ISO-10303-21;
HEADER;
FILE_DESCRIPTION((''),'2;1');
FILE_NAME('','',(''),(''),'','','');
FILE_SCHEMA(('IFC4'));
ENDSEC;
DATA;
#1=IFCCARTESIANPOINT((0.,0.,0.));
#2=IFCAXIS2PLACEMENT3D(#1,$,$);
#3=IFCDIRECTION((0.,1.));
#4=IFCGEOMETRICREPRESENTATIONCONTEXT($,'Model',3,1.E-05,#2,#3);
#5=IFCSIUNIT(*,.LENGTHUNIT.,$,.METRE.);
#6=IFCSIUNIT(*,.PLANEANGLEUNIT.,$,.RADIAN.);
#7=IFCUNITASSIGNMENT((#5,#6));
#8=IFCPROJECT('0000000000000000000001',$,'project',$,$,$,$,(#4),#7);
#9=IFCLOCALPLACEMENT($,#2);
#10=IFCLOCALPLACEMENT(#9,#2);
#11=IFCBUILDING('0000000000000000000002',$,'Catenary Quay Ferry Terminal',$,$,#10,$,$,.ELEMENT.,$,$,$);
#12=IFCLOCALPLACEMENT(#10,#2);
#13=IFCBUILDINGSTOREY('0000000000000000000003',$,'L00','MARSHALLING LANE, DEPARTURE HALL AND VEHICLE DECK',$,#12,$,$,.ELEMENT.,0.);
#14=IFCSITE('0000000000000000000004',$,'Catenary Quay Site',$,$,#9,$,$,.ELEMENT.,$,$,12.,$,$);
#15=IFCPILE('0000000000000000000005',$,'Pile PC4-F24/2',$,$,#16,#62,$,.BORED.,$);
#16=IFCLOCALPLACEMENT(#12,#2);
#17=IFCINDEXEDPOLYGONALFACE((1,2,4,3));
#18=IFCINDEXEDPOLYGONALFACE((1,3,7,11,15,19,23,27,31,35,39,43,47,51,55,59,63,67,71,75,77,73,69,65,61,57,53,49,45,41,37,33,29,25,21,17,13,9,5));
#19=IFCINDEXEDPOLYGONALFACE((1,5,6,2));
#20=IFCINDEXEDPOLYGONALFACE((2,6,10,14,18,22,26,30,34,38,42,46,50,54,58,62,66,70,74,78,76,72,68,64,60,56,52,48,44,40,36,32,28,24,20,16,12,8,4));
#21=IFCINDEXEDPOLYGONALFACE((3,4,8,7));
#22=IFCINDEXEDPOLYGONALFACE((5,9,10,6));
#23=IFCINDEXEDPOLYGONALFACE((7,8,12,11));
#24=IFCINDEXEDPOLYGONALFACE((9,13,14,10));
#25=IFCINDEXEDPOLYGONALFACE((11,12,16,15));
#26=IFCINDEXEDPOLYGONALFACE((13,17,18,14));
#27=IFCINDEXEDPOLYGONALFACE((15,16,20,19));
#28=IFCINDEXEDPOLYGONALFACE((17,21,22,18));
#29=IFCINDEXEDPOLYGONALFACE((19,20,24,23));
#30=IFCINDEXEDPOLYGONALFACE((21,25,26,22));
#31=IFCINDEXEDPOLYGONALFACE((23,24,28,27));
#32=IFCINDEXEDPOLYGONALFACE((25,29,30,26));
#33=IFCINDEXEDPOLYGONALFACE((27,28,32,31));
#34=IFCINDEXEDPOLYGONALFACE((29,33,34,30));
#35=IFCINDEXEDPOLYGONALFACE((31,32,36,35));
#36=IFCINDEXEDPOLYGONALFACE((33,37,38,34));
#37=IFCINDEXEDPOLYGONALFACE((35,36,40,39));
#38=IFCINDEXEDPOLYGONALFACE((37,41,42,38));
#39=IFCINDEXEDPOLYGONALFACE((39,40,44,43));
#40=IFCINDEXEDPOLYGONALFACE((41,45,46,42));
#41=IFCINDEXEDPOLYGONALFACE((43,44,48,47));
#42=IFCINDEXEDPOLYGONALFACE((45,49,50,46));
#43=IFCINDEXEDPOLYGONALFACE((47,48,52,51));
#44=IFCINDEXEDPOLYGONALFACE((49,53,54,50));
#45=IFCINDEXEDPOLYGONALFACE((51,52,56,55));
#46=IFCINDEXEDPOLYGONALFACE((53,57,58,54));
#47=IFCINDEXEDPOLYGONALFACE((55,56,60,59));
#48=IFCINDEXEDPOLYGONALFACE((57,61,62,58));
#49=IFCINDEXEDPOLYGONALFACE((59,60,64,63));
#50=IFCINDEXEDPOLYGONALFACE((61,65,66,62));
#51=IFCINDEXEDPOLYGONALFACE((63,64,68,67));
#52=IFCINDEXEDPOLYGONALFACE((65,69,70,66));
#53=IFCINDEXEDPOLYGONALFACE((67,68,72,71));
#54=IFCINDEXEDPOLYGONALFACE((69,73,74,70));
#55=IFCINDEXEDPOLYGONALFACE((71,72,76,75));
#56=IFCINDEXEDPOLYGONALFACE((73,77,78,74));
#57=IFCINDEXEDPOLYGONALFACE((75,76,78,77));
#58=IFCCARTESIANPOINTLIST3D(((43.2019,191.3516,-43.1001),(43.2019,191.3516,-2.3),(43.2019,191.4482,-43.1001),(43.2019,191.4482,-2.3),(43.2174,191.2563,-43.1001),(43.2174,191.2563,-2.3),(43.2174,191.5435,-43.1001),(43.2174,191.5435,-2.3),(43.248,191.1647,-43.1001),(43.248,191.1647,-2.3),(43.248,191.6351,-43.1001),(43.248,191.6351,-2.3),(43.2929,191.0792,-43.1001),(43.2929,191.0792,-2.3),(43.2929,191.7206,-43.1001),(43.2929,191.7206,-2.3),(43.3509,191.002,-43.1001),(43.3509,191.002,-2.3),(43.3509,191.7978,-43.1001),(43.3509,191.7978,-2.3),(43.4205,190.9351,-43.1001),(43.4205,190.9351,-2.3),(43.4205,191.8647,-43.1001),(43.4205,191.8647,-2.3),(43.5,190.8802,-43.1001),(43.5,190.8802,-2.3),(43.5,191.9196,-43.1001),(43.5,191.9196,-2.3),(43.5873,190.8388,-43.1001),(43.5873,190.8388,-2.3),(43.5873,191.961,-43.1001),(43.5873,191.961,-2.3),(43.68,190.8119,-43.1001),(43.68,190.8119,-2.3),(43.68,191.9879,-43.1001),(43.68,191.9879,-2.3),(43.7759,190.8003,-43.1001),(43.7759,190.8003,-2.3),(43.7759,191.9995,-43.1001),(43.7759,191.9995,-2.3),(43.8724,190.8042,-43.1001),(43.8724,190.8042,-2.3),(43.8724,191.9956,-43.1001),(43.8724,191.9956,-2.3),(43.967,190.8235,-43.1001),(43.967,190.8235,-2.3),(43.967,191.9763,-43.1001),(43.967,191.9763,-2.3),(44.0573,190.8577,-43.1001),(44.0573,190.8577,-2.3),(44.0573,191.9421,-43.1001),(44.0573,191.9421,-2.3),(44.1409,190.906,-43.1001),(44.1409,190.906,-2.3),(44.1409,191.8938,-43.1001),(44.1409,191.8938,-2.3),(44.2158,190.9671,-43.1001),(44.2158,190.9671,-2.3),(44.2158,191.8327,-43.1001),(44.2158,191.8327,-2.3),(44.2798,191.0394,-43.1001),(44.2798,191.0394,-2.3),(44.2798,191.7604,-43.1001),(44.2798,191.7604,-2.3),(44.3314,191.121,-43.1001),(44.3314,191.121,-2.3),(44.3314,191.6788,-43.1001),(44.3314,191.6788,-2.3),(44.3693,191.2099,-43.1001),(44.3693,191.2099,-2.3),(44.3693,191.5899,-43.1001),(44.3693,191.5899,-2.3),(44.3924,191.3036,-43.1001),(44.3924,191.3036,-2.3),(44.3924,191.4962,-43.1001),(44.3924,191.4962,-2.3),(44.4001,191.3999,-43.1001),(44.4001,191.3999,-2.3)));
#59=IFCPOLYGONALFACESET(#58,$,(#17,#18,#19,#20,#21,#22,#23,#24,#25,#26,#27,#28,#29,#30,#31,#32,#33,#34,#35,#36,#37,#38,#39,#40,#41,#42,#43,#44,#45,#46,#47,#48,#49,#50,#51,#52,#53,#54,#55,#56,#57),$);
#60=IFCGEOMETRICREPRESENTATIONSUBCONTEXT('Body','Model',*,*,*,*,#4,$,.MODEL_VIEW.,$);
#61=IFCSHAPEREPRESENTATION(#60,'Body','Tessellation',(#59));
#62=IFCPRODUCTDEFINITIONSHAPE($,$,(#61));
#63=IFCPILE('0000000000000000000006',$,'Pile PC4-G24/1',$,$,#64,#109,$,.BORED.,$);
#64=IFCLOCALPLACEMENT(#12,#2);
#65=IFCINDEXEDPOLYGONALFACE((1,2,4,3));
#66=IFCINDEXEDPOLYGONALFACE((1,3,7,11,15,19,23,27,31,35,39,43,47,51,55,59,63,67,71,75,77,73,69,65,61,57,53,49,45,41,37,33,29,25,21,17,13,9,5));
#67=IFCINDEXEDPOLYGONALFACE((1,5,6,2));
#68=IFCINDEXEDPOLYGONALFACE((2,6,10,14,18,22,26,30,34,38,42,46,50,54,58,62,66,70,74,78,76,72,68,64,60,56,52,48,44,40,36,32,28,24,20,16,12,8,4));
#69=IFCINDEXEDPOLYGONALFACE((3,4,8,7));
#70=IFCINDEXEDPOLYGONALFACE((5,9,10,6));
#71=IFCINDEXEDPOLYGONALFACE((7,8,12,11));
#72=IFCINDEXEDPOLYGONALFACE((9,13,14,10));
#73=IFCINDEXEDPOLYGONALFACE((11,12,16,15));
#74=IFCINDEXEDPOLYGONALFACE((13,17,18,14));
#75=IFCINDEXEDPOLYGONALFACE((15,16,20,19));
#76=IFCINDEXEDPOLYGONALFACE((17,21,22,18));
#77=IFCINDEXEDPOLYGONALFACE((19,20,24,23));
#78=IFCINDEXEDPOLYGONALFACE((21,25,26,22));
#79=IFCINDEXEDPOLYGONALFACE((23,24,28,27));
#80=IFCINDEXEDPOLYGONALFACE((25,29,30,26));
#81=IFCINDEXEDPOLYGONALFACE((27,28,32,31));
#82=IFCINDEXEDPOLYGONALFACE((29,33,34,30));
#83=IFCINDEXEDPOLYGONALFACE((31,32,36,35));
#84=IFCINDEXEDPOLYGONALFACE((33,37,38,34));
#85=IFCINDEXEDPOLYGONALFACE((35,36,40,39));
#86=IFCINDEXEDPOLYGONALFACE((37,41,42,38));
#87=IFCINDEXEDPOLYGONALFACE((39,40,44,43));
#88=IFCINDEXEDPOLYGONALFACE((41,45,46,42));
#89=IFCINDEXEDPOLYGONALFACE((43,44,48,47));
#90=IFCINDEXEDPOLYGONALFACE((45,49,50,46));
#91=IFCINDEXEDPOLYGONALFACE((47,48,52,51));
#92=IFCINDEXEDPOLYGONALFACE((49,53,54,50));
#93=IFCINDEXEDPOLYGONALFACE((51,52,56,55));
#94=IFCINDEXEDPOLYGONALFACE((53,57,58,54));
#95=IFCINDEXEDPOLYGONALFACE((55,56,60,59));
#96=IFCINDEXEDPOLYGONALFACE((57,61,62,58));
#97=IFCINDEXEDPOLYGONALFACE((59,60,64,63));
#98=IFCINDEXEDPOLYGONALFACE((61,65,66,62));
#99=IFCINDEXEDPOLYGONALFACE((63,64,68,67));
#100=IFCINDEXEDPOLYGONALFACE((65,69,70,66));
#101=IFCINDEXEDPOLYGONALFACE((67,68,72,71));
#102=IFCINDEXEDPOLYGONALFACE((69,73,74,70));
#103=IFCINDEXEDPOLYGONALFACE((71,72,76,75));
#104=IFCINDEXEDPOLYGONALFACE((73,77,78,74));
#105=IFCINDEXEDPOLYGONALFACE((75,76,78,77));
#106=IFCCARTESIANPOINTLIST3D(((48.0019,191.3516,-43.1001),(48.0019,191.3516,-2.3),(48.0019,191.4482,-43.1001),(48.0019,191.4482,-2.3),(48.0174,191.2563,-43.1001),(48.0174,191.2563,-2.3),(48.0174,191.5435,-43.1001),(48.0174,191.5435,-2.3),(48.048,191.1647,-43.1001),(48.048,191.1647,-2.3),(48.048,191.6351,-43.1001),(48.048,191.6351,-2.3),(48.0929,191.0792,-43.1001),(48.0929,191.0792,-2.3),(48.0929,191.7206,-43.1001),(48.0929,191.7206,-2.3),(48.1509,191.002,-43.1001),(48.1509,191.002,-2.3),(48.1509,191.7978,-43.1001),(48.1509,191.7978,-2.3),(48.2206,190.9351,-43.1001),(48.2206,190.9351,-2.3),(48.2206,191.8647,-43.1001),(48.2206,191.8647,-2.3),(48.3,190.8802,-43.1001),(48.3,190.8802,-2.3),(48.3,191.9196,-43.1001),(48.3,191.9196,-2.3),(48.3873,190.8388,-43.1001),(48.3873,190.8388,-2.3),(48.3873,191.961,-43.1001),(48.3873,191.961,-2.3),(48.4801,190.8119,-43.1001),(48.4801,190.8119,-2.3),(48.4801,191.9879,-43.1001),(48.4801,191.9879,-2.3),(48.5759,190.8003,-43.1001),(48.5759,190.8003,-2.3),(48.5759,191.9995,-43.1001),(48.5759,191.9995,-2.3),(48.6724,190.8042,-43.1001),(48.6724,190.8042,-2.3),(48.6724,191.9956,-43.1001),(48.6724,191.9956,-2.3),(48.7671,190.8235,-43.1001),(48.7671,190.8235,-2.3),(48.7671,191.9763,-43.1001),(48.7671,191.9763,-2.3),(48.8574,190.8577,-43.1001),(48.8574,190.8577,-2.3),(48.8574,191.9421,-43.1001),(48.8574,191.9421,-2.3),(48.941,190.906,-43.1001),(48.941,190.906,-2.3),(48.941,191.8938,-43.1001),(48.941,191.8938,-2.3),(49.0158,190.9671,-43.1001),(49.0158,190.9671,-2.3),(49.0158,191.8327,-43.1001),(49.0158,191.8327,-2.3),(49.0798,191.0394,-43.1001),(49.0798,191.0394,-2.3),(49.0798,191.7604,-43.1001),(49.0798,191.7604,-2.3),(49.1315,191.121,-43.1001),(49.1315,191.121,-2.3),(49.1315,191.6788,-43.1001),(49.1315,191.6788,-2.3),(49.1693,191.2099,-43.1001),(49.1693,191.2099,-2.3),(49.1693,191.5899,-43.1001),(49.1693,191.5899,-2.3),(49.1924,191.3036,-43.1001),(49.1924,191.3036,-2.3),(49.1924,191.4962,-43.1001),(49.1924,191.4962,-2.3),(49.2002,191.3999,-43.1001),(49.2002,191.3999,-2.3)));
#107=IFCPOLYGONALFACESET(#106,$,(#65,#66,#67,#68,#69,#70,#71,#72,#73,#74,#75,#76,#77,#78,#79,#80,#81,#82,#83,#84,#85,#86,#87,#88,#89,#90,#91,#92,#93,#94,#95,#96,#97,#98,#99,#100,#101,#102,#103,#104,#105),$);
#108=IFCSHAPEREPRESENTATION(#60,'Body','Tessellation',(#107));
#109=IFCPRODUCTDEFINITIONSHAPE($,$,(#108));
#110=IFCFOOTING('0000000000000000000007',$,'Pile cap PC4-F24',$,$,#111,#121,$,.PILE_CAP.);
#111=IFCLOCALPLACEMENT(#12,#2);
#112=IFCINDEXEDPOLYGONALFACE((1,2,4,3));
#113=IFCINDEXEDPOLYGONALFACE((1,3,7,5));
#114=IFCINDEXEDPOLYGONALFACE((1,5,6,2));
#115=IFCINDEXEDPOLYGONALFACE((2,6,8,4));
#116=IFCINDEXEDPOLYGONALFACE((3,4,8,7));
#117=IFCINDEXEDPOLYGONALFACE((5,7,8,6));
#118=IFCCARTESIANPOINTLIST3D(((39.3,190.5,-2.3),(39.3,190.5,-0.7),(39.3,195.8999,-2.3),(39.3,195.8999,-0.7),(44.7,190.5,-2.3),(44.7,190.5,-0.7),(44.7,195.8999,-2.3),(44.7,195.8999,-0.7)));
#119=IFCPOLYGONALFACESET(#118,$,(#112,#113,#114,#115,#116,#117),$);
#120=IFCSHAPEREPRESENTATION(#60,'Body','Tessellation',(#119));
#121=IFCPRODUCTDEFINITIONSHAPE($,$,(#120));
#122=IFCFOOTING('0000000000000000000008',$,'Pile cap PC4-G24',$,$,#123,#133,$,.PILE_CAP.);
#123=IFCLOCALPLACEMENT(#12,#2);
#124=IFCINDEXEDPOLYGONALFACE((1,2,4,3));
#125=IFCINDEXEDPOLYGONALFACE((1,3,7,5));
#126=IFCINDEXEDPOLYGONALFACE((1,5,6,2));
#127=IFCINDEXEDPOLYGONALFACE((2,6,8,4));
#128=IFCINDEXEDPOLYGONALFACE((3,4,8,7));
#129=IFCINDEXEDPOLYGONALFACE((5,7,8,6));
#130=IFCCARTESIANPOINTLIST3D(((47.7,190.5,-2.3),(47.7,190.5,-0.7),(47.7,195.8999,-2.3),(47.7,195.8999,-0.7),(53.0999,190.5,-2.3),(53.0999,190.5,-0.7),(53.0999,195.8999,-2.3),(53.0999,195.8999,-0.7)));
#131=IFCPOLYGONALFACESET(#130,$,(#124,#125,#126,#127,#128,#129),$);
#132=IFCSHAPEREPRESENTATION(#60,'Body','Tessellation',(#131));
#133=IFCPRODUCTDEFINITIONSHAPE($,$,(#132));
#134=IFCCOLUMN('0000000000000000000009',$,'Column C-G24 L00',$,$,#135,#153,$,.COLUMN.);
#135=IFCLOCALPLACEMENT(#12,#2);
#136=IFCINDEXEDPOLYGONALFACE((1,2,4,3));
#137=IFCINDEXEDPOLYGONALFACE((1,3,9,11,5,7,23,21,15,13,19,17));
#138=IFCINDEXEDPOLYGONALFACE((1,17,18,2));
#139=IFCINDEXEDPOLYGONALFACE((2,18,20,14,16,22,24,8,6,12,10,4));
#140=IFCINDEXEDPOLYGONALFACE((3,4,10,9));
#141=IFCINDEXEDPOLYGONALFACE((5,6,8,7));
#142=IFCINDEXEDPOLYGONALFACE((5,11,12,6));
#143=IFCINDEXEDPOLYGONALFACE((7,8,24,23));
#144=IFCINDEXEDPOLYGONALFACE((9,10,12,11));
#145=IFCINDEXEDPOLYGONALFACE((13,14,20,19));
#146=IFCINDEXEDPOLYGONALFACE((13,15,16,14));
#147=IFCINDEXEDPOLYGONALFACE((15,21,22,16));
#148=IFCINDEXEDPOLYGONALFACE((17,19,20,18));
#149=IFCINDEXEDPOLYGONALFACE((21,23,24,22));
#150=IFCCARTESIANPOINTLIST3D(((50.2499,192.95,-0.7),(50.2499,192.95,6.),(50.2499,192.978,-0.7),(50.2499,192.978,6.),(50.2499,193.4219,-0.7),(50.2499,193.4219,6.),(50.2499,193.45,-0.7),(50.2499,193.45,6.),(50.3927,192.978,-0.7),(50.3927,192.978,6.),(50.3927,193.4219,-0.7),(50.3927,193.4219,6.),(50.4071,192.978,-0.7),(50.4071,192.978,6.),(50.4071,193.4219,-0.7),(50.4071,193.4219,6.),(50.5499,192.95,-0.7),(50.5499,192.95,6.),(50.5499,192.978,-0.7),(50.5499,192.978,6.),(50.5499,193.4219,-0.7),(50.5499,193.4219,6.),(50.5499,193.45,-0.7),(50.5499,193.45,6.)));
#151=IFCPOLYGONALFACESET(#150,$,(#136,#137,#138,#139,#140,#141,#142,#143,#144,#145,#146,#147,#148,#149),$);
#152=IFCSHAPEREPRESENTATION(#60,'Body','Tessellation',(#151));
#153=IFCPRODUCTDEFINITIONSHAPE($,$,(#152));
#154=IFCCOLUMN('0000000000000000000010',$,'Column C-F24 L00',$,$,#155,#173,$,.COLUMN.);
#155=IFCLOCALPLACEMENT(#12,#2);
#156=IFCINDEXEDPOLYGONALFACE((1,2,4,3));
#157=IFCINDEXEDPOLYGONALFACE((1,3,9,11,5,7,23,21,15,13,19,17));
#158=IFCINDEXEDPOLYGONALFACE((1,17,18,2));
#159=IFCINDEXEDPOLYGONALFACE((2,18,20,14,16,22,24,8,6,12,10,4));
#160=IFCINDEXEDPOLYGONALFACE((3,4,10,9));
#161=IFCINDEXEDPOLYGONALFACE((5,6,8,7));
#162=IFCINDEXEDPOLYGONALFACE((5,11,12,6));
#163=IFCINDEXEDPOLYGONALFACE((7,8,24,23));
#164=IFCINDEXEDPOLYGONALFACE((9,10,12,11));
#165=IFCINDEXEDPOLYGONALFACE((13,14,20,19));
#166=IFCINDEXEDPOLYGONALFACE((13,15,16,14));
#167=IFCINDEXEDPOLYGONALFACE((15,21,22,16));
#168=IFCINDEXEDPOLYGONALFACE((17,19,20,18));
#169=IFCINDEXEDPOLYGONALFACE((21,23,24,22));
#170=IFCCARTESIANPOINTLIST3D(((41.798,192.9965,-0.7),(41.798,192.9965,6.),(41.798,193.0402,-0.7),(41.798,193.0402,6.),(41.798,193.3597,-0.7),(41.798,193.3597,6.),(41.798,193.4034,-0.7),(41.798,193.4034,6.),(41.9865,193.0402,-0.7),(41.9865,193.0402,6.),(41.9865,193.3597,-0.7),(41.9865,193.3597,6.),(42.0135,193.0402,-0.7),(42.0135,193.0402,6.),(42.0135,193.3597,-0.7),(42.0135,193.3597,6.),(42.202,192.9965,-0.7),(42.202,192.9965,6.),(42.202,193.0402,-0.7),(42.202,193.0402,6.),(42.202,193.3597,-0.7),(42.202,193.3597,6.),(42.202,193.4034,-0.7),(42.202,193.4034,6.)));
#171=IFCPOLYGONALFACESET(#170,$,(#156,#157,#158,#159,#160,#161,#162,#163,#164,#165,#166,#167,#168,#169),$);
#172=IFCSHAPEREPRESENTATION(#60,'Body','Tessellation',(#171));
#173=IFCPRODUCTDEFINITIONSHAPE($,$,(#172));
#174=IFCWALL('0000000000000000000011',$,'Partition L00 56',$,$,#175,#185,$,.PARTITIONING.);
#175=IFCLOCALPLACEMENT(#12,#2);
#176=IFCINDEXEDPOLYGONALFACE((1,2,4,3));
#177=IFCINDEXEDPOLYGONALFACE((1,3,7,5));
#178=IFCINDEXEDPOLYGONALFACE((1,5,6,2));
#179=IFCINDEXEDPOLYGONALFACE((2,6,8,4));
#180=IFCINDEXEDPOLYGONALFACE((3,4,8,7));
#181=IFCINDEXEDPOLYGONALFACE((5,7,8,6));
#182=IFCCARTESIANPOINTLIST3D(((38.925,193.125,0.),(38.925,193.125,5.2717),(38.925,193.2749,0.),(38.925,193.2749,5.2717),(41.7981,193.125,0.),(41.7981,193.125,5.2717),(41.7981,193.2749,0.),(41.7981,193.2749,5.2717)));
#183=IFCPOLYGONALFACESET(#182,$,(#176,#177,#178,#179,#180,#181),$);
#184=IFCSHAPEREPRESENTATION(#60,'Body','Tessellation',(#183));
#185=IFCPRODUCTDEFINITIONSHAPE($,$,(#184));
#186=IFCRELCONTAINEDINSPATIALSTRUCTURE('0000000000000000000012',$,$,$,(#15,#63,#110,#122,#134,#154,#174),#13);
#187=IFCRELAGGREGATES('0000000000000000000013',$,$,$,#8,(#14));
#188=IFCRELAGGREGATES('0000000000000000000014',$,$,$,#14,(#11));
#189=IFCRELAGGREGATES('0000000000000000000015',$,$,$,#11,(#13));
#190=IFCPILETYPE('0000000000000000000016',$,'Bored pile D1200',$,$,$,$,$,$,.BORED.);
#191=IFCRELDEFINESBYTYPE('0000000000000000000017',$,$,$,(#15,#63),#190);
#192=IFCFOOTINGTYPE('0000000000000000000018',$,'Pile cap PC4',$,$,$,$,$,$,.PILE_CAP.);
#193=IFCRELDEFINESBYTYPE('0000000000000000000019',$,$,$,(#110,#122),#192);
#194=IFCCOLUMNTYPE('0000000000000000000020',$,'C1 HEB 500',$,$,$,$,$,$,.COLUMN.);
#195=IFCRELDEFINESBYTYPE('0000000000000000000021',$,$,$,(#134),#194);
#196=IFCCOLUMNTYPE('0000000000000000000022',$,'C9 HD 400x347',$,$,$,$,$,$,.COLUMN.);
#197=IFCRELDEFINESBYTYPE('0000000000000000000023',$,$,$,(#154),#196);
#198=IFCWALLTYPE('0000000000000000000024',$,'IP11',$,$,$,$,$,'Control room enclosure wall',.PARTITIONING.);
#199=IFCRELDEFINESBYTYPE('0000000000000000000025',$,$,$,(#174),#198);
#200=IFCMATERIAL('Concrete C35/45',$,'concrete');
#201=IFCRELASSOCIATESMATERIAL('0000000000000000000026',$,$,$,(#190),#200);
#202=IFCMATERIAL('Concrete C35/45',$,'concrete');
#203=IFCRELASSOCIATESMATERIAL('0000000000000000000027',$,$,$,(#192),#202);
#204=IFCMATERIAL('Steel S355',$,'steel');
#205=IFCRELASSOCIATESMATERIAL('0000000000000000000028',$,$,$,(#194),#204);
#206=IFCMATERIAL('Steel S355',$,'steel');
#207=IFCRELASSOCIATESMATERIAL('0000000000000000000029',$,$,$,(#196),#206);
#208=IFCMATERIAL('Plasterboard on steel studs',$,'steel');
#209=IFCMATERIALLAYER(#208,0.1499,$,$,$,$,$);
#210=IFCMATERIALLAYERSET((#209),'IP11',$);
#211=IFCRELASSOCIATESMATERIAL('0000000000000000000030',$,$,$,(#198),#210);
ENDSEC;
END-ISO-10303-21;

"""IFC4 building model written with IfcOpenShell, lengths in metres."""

from ifc_helpers import new_model, si_unit, direction, frame, frame_2d, origin, origin_2d, place, context, subcontext, project, spatial, rectangle, circle, i_section, extrude, material, layer, layer_set, material_profile, profile_set, type_object, element, save


model = new_model("IFC4")

# Units and contexts
model_context = context("Model", 3, precision=1e-05, world=origin(), true_north=direction((0.0, 1.0)))
body_context = subcontext(model_context, "Body", "Model", "MODEL_VIEW")
ifc_project = project(units=[si_unit("LENGTHUNIT", "METRE"), si_unit("PLANEANGLEUNIT", "RADIAN")], contexts=[model_context])

# Site, building, storey
site_placement = place(None, origin())
site = spatial("IfcSite", under=ifc_project, at=site_placement, Name="Catenary Quay Site", CompositionType="ELEMENT", RefElevation=12.0)
building_placement = place(site_placement, origin())
building = spatial("IfcBuilding", under=site, at=building_placement, Name="Catenary Quay Ferry Terminal", CompositionType="ELEMENT")
storey_placement = place(building_placement, origin())
storey = spatial("IfcBuildingStorey", under=building, at=storey_placement, Name="L00", Description="MARSHALLING LANE, DEPARTURE HALL AND VEHICLE DECK", CompositionType="ELEMENT", Elevation=0.0)

# Piles
ifc_material_1 = material(Name="Concrete C35/45", Category="concrete")
ifc_material_profile_1 = material_profile(ifc_material_1, circle(Radius=0.6001, at=origin_2d()), Name="D1200")
ifc_profile_set_1 = profile_set([ifc_material_profile_1], Name="Concrete C35/45")
pile_type = type_object("IfcPileType", Name="Bored pile D1200", PredefinedType="BORED", material=ifc_profile_set_1)
for number, where, z_axis, x_axis, name in (
    (1, (43.8, 191.3999, -2.3), (0.0, 0.0, -1.0), (1.0, 0.0, 0.0), "Pile PC4-F24/2"),
    (2, (48.6001, 191.3999, -2.3), (0.0, 0.0, -1.0), (1.0, 0.0, 0.0), "Pile PC4-G24/1"),
):
    element("IfcPile", number, at=place(storey_placement, frame(where, z_axis=z_axis, x_axis=x_axis)), inside=storey, type_object=pile_type, Name=name, PredefinedType="BORED", context=body_context, shape_type="SweptSolid", body=[
        extrude(circle(Radius=0.6001, at=origin_2d()), origin(), (0.0, 0.0, 1.0), 40.8),
    ])

# Footings
ifc_material_2 = material(Name="Concrete C35/45", Category="concrete")
footing_type = type_object("IfcFootingType", Name="Pile cap PC4", PredefinedType="PILE_CAP", material=ifc_material_2)
for number, where, z_axis, x_axis, name in (
    (3, (42.0, 193.2, -2.3), (0.0, 0.0, 1.0), (1.0, 0.0, 0.0), "Pile cap PC4-F24"),
    (4, (50.3999, 193.2, -2.3), (0.0, 0.0, 1.0), (1.0, 0.0, 0.0), "Pile cap PC4-G24"),
):
    element("IfcFooting", number, at=place(storey_placement, frame(where, z_axis=z_axis, x_axis=x_axis)), inside=storey, type_object=footing_type, Name=name, PredefinedType="PILE_CAP", context=body_context, shape_type="SweptSolid", body=[
        extrude(rectangle(XDim=5.3999, YDim=5.3999, at=origin_2d()), origin(), (0.0, 0.0, 1.0), 1.6001),
    ])

# Columns
ifc_material_3 = material(Name="Steel S355", Category="steel")
ifc_material_profile_2 = material_profile(ifc_material_3, i_section(OverallWidth=0.3, OverallDepth=0.5, WebThickness=0.0144, FlangeThickness=0.0281, at=origin_2d()), Name="HEB 500")
ifc_profile_set_2 = profile_set([ifc_material_profile_2], Name="Steel S355")
column_type_1 = type_object("IfcColumnType", Name="C1 HEB 500", PredefinedType="COLUMN", material=ifc_profile_set_2)
column_1_placement = place(storey_placement, frame((50.3999, 193.2, -0.7), z_axis=(0.0, 0.0, 1.0), x_axis=(1.0, 0.0, 0.0)))
element("IfcColumn", 5, at=column_1_placement, inside=storey, type_object=column_type_1, Name="Column C-G24 L00", PredefinedType="COLUMN", context=body_context, shape_type="SweptSolid", body=[
    extrude(i_section(OverallWidth=0.3, OverallDepth=0.5, WebThickness=0.0144, FlangeThickness=0.0281, at=origin_2d()), origin(), (0.0, 0.0, 1.0), 6.7),
])
ifc_material_4 = material(Name="Steel S355", Category="steel")
ifc_material_profile_3 = material_profile(ifc_material_4, i_section(OverallWidth=0.4041, OverallDepth=0.407, WebThickness=0.0271, FlangeThickness=0.0437, at=origin_2d()), Name="HD 400x347")
ifc_profile_set_3 = profile_set([ifc_material_profile_3], Name="Steel S355")
column_type_2 = type_object("IfcColumnType", Name="C9 HD 400x347", PredefinedType="COLUMN", material=ifc_profile_set_3)
column_2_placement = place(storey_placement, frame((42.0, 193.2, -0.7), z_axis=(0.0, 0.0, 1.0), x_axis=(1.0, 0.0, 0.0)))
element("IfcColumn", 6, at=column_2_placement, inside=storey, type_object=column_type_2, Name="Column C-F24 L00", PredefinedType="COLUMN", context=body_context, shape_type="SweptSolid", body=[
    extrude(i_section(OverallWidth=0.4041, OverallDepth=0.407, WebThickness=0.0271, FlangeThickness=0.0437, at=origin_2d()), origin(), (0.0, 0.0, 1.0), 6.7),
])

# Wall
ifc_material_5 = material(Name="Plasterboard on steel studs", Category="steel")
ifc_layer_1 = layer(ifc_material_5, 0.1499)
ifc_layer_set_1 = layer_set([ifc_layer_1], Name="IP11")
wall_type_1 = type_object("IfcWallType", Name="IP11", ElementType="Control room enclosure wall", PredefinedType="PARTITIONING", material=ifc_layer_set_1)
wall_1_placement = place(storey_placement, frame((38.925, 193.2, 0.0), z_axis=(0.0, 0.0, 1.0), x_axis=(1.0, 0.0, 0.0)))
element("IfcWall", 7, at=wall_1_placement, inside=storey, type_object=wall_type_1, Name="Partition L00 56", PredefinedType="PARTITIONING", context=body_context, shape_type="SweptSolid", body=[
    extrude(rectangle(XDim=2.873, YDim=0.1499, at=frame_2d((1.4365, 0.0))), origin(), (0.0, 0.0, 1.0), 5.2717),
])

save(model, "model.ifc")
